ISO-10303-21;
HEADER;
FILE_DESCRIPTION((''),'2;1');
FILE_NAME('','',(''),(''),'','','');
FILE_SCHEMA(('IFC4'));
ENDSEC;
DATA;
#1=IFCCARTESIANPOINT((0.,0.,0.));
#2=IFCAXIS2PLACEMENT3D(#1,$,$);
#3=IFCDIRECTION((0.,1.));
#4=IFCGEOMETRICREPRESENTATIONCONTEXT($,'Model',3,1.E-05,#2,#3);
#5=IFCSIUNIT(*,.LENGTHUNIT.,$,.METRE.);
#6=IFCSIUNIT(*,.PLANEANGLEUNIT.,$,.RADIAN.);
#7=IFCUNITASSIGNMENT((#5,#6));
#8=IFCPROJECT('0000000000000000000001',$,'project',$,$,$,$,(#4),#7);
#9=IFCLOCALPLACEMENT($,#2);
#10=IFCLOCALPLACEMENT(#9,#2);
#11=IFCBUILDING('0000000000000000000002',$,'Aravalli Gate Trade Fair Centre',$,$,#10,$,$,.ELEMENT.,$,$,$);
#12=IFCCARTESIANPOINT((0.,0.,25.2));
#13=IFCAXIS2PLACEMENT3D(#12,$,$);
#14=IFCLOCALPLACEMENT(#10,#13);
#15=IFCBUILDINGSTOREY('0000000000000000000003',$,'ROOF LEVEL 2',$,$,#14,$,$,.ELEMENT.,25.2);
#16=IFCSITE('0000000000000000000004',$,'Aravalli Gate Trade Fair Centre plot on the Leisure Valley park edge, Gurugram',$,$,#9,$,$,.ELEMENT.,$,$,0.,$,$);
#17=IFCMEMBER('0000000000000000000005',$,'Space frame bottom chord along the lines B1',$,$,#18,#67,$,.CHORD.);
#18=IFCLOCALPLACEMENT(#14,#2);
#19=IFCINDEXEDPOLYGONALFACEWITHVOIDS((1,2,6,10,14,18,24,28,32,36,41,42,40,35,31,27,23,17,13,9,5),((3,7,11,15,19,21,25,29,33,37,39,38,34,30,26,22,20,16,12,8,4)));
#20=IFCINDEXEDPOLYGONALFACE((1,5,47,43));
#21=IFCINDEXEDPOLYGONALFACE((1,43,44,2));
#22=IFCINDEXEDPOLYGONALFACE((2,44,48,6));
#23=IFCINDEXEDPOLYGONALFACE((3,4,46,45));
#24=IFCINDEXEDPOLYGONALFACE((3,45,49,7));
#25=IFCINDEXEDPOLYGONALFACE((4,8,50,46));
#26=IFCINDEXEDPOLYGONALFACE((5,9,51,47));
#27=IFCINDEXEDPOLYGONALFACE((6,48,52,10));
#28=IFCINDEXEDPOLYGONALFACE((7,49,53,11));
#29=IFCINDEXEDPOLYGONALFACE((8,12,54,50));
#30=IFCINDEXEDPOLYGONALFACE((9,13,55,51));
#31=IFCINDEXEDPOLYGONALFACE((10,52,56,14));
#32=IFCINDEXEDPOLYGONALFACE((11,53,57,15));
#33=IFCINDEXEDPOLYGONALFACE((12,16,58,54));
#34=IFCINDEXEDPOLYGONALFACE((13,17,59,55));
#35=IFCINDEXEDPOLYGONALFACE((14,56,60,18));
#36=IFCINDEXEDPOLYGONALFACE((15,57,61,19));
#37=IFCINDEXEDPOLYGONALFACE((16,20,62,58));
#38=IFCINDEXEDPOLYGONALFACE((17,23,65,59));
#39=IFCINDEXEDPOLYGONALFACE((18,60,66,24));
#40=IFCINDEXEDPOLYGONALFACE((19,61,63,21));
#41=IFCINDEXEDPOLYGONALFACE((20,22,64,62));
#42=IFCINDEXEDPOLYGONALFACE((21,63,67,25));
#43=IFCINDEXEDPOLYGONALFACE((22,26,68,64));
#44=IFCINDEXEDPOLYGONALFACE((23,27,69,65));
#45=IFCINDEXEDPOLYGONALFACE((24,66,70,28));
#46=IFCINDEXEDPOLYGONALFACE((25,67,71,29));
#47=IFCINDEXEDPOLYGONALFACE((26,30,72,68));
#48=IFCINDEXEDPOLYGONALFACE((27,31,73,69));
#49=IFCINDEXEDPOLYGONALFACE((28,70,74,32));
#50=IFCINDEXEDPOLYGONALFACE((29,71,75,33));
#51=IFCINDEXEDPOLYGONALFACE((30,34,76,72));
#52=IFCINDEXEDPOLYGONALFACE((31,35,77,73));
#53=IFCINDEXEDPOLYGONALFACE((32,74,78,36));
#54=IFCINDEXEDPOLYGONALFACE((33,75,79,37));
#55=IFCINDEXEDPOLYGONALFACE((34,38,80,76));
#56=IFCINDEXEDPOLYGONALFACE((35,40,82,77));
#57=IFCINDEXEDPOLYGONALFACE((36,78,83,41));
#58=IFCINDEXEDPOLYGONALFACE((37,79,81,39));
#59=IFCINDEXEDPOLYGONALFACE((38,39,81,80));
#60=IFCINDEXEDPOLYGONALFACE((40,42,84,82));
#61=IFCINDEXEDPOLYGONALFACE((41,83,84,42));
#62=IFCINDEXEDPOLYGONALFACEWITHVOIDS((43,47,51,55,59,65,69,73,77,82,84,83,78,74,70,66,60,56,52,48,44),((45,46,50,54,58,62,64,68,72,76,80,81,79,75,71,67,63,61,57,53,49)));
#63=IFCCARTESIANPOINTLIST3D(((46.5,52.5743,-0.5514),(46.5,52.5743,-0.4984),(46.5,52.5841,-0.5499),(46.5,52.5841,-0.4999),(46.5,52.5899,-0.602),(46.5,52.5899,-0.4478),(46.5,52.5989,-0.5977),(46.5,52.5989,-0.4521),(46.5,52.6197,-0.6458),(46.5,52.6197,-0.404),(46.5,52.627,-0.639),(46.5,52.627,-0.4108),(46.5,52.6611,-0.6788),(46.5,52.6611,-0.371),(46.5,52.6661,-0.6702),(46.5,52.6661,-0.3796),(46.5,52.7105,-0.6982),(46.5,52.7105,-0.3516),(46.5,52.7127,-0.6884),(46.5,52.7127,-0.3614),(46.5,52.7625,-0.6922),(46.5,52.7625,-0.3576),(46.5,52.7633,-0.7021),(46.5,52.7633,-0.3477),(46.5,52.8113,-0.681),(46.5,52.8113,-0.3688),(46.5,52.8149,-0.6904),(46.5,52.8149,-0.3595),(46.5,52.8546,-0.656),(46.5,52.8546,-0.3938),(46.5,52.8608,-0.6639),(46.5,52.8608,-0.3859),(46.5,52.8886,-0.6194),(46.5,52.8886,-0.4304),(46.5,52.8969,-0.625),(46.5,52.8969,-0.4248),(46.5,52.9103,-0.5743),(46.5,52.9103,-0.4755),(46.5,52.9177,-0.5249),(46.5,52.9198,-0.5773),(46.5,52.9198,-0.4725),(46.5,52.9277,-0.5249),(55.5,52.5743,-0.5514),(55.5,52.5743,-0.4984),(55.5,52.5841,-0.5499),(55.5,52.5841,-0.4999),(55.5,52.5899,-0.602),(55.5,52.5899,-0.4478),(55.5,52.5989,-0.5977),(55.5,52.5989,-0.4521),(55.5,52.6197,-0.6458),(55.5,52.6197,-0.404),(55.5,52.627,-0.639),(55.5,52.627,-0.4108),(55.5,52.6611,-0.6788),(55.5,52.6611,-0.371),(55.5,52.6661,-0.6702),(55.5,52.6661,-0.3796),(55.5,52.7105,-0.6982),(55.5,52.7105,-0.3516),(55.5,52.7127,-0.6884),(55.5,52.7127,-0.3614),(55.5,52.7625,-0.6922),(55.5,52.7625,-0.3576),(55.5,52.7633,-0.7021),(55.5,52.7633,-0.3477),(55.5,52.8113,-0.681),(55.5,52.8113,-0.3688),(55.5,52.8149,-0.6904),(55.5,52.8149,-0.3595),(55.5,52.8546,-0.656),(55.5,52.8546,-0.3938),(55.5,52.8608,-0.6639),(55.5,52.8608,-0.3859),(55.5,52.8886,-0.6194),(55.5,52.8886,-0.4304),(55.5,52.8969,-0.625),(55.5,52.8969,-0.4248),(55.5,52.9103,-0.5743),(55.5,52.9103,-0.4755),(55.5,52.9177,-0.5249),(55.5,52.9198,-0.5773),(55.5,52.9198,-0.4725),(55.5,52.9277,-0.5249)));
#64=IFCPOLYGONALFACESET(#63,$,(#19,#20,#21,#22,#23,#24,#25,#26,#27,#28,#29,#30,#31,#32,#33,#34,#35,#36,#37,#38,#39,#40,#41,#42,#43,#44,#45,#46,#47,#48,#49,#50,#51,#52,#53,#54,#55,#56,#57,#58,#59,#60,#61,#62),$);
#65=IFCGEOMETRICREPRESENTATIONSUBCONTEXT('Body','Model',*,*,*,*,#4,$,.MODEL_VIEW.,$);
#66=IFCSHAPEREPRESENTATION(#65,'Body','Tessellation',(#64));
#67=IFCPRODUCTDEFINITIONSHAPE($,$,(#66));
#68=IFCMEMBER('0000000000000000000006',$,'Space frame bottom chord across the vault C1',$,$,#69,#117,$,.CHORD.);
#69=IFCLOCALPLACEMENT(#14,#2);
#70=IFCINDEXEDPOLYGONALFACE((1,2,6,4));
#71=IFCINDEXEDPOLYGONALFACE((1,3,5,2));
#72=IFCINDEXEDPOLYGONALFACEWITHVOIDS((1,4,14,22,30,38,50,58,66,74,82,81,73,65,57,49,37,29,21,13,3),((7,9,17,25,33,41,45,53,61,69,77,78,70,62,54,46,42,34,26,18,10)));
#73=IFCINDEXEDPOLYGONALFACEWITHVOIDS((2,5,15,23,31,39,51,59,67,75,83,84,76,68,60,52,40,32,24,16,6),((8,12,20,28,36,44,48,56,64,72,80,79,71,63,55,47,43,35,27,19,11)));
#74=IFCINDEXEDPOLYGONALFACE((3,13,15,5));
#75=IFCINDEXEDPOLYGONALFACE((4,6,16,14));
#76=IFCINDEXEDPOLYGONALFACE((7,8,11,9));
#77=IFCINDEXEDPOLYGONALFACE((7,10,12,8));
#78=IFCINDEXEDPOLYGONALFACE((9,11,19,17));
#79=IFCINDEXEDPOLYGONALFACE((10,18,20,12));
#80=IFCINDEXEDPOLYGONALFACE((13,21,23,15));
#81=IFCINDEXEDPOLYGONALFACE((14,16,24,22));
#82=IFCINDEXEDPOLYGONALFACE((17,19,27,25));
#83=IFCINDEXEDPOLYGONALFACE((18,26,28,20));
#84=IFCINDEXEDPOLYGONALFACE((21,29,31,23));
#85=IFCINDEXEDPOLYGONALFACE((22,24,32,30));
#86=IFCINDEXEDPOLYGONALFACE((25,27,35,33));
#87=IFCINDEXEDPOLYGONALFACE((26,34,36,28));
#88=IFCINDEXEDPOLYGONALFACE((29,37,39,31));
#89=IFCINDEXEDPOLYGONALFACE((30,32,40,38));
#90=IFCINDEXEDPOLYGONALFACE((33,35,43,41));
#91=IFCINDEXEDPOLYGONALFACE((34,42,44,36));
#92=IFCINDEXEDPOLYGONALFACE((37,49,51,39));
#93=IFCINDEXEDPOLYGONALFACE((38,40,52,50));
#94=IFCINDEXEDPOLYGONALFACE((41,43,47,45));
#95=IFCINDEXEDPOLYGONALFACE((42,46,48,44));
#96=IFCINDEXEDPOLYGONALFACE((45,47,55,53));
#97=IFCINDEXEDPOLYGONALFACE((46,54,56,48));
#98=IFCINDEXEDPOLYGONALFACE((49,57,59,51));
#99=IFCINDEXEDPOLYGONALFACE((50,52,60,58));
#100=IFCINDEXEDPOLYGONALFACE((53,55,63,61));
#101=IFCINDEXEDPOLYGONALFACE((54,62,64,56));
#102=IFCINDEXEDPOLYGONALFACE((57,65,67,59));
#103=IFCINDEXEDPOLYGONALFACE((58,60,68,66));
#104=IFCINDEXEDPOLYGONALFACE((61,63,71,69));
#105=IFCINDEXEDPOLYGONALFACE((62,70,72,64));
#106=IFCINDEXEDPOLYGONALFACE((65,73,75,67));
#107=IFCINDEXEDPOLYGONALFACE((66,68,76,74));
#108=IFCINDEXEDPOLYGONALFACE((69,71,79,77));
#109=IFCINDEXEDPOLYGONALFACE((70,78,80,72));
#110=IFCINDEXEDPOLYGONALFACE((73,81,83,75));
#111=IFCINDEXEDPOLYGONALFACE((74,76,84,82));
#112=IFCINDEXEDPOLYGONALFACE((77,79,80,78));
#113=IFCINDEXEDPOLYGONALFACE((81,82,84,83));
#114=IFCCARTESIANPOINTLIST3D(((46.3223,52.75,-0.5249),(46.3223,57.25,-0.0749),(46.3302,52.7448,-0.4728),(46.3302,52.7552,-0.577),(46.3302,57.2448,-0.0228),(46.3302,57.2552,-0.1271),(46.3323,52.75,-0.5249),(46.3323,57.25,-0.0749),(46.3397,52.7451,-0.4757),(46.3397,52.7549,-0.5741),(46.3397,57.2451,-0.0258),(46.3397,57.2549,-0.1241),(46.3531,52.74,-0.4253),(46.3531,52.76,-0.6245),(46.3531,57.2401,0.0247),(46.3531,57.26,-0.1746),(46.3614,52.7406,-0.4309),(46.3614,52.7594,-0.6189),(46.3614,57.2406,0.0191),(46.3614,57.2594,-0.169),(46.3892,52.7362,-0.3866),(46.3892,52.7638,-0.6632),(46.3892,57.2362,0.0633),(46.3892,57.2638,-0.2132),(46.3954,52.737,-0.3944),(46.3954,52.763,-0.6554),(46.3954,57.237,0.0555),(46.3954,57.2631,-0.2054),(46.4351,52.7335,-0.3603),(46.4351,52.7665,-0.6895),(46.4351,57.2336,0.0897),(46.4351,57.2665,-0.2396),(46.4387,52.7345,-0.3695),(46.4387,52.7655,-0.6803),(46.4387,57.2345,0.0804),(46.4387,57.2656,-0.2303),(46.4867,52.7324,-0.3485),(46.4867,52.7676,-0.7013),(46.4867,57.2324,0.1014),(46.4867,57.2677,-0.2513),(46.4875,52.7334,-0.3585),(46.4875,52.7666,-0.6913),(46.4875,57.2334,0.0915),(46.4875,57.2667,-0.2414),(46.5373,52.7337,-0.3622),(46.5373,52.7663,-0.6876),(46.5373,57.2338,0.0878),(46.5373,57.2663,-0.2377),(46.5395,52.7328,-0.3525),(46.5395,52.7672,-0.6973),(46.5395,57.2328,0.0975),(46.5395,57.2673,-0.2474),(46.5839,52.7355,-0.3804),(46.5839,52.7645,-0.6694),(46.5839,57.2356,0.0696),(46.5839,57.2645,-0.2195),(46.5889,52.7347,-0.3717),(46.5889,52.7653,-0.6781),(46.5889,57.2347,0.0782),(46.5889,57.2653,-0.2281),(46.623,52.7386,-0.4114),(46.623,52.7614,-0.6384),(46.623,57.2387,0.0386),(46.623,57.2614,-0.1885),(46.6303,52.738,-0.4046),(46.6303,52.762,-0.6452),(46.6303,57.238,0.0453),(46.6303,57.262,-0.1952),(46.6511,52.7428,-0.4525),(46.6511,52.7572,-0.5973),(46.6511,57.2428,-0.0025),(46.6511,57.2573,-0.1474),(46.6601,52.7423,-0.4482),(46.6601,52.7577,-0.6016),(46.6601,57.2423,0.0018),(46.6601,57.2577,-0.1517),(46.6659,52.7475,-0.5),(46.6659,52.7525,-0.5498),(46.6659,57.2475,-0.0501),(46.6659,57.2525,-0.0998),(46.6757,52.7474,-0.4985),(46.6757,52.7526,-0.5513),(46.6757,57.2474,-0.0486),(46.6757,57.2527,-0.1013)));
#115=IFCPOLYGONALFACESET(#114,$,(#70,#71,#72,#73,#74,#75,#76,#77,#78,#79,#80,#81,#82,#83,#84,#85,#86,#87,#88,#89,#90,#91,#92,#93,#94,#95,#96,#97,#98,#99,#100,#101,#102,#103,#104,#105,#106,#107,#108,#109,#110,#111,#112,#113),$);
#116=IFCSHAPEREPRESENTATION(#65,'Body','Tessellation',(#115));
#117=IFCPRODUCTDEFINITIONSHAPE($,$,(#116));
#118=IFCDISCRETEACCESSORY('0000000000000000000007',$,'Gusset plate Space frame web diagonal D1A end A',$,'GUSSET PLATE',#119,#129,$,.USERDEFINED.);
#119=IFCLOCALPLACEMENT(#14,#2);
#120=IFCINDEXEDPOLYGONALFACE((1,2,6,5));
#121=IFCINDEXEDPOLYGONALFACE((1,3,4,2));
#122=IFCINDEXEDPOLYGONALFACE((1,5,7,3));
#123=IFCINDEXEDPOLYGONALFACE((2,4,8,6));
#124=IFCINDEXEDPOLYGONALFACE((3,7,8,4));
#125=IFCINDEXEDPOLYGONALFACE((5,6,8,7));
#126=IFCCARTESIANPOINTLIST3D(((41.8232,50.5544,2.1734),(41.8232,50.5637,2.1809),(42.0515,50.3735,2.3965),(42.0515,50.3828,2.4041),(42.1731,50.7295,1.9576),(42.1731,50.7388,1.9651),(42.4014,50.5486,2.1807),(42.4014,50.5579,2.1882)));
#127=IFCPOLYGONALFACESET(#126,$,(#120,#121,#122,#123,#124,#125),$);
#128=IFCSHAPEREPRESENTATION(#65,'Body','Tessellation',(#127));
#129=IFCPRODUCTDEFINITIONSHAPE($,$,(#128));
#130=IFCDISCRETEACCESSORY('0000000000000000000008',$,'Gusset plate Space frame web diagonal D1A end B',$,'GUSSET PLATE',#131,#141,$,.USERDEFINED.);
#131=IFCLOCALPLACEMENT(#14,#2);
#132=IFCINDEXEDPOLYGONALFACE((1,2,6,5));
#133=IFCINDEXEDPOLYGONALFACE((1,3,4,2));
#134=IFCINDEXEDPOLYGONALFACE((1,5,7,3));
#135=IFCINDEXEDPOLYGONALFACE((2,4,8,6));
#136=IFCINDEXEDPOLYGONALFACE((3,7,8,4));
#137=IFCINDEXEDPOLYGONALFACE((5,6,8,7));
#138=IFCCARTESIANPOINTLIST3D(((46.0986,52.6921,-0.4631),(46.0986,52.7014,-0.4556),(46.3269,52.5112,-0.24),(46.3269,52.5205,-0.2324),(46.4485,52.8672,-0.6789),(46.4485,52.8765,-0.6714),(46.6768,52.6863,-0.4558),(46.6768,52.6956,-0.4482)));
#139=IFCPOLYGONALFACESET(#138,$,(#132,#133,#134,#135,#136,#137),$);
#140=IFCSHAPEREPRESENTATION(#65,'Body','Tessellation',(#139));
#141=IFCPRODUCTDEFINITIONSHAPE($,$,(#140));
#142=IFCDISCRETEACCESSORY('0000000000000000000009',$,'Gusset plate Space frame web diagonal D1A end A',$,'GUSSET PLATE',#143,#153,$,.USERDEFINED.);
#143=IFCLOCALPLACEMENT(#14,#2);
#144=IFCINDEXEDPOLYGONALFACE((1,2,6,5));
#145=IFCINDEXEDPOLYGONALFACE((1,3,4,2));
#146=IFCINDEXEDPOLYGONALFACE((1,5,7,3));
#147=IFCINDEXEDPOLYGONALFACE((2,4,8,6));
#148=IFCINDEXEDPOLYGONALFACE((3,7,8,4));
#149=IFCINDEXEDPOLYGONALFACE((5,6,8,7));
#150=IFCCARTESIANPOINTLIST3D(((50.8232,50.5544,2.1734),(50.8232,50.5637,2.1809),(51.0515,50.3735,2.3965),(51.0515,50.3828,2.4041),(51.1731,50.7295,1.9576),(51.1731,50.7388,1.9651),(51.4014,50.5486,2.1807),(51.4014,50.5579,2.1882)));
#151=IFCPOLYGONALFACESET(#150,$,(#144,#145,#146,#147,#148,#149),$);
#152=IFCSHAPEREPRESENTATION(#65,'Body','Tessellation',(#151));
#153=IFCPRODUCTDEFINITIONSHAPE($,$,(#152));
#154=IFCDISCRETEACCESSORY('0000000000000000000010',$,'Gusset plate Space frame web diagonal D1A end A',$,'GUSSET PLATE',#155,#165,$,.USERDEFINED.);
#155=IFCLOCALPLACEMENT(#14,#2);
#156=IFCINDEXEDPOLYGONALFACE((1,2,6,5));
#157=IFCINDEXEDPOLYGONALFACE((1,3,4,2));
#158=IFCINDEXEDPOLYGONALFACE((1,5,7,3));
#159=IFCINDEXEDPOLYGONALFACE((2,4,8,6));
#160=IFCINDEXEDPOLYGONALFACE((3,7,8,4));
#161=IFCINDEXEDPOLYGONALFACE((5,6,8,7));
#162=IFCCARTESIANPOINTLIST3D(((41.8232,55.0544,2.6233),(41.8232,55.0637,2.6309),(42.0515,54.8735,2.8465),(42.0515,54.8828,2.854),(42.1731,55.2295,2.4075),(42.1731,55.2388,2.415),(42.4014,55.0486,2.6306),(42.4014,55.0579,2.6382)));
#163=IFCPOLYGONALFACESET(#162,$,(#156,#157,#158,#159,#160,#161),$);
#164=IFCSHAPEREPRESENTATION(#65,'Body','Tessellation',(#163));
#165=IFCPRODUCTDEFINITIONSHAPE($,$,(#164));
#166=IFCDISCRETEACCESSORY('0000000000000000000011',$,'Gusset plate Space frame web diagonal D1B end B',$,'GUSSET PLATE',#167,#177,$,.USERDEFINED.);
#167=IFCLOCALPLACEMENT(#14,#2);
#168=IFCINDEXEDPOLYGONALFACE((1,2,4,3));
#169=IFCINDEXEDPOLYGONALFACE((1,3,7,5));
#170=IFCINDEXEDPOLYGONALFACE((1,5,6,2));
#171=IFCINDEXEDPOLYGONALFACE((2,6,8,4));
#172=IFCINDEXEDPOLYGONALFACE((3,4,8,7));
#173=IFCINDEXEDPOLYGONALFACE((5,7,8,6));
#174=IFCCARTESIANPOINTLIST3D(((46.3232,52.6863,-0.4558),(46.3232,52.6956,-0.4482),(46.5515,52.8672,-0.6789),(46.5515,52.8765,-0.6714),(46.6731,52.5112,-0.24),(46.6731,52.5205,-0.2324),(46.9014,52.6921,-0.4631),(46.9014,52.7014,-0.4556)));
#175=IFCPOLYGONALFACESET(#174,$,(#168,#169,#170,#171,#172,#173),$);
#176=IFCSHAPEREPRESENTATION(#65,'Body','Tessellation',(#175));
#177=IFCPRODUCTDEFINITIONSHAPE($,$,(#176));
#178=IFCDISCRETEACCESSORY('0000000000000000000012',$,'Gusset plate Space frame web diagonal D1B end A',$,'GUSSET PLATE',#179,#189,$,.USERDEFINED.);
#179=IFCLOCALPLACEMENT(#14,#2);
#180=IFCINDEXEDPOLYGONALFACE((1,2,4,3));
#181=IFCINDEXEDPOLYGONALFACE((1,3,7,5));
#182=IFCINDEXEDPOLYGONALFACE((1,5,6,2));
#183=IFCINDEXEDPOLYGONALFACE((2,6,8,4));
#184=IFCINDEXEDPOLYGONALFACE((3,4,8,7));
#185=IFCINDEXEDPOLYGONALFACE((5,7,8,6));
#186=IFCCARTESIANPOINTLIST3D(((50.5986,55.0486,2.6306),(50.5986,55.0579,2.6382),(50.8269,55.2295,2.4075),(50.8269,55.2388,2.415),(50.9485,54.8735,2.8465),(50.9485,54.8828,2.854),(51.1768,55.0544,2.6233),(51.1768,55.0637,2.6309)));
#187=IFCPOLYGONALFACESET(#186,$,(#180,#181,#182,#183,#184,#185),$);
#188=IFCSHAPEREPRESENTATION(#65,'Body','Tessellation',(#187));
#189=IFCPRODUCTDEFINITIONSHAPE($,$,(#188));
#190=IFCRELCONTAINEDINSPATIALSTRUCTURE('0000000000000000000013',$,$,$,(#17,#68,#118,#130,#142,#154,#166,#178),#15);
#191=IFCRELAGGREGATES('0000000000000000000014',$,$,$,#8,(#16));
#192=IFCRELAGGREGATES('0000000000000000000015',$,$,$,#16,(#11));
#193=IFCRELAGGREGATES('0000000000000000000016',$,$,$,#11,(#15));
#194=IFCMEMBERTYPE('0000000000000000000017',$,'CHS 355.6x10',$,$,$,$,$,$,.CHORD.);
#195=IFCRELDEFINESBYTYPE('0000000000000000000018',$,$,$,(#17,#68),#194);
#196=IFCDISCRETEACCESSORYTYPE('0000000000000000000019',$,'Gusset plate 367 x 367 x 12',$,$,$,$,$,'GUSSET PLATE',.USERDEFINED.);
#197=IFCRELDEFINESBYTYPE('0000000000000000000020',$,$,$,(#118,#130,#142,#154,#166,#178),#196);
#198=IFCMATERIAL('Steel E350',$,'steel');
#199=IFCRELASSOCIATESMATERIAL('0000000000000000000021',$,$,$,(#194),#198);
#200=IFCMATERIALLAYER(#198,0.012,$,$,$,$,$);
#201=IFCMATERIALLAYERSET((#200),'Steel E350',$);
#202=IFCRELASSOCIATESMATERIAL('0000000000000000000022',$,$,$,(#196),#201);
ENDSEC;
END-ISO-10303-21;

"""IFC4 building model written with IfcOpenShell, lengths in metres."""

from ifc_helpers import new_model, si_unit, direction, frame, origin, origin_2d, place, context, subcontext, project, spatial, polyline, hollow_circle, outline, extrude, material, layer, layer_set, material_profile, profile_set, type_object, element, save


model = new_model("IFC4")

# Units and contexts
model_context = context("Model", 3, precision=1e-05, world=origin(), true_north=direction((0.0, 1.0)))
body_context = subcontext(model_context, "Body", "Model", "MODEL_VIEW")
ifc_project = project(units=[si_unit("LENGTHUNIT", "METRE"), si_unit("PLANEANGLEUNIT", "RADIAN")], contexts=[model_context])

# Site, building, storey
site_placement = place(None, origin())
site = spatial("IfcSite", under=ifc_project, at=site_placement, Name="Aravalli Gate Trade Fair Centre plot on the Leisure Valley park edge, Gurugram", CompositionType="ELEMENT", RefElevation=0.0)
building_placement = place(site_placement, origin())
building = spatial("IfcBuilding", under=site, at=building_placement, Name="Aravalli Gate Trade Fair Centre", CompositionType="ELEMENT")
storey_placement = place(building_placement, frame((0.0, 0.0, 25.2)))
storey = spatial("IfcBuildingStorey", under=building, at=storey_placement, Name="ROOF LEVEL 2", CompositionType="ELEMENT", Elevation=25.2)

# Members
ifc_material = material(Name="Steel E350", Category="steel")
ifc_material_profile_1 = material_profile(ifc_material, hollow_circle(Radius=0.1777, WallThickness=0.01, at=origin_2d()), Name="CHS 355.6x10")
ifc_profile_set_1 = profile_set([ifc_material_profile_1], Name="Steel E350")
member_type_1 = type_object("IfcMemberType", Name="CHS 355.6x10", PredefinedType="CHORD", material=ifc_profile_set_1)
member_1_placement = place(storey_placement, frame((46.5, 52.75, -0.5249), z_axis=(1.0, 0.0, 0.0), x_axis=(0.0, 1.0, 0.0)))
element("IfcMember", 1, at=member_1_placement, inside=storey, type_object=member_type_1, Name="Space frame bottom chord along the lines B1", PredefinedType="CHORD", context=body_context, shape_type="SweptSolid", body=[
    extrude(hollow_circle(Radius=0.1777, WallThickness=0.01, at=origin_2d()), origin(), (0.0, 0.0, 1.0), 9.0),
])
member_2_placement = place(storey_placement, frame((46.5, 52.75, -0.5249), z_axis=(0.0, 0.995038, 0.099493), x_axis=(-1.0, 0.0, 0.0)))
element("IfcMember", 2, at=member_2_placement, inside=storey, type_object=member_type_1, Name="Space frame bottom chord across the vault C1", PredefinedType="CHORD", context=body_context, shape_type="SweptSolid", body=[
    extrude(hollow_circle(Radius=0.1777, WallThickness=0.01, at=origin_2d()), origin(), (0.0, 0.0, 1.0), 4.5225),
])

# Discrete accessories
ifc_layer = layer(ifc_material, 0.012)
ifc_layer_set = layer_set([ifc_layer], Name="Steel E350")
discrete_accessory_type = type_object("IfcDiscreteAccessoryType", Name="Gusset plate 367 x 367 x 12", ElementType="GUSSET PLATE", PredefinedType="USERDEFINED", material=ifc_layer_set)
discrete_accessory_1_placement = place(storey_placement, frame((42.1731, 50.7388, 1.9651), z_axis=(-0.000107, 0.776736, 0.629826), x_axis=(-0.783044, -0.391795, 0.48305)))
element("IfcDiscreteAccessory", 3, at=discrete_accessory_1_placement, inside=storey, type_object=discrete_accessory_type, Name="Gusset plate Space frame web diagonal D1A end A", ObjectType="GUSSET PLATE", PredefinedType="USERDEFINED", context=body_context, shape_type="SweptSolid", body=[
    extrude(outline(polyline([(0.0, 0.0), (0.4468, 0.0), (0.4467, 0.3669), (-0.0001, 0.3669), (0.0, 0.0)])), origin(), (0.0, 0.0, -1.0), 0.012),
])
discrete_accessory_2_placement = place(storey_placement, frame((46.0986, 52.7014, -0.4556), z_axis=(-0.000107, 0.776736, 0.629826), x_axis=(0.783044, 0.391795, -0.48305)))
element("IfcDiscreteAccessory", 4, at=discrete_accessory_2_placement, inside=storey, type_object=discrete_accessory_type, Name="Gusset plate Space frame web diagonal D1A end B", ObjectType="GUSSET PLATE", PredefinedType="USERDEFINED", context=body_context, shape_type="SweptSolid", body=[
    extrude(outline(polyline([(0.0, 0.0), (0.4468, 0.0), (0.4469, -0.3669), (0.0001, -0.3669), (0.0, 0.0)])), origin(), (0.0, 0.0, -1.0), 0.012),
])
for number, where, z_axis, x_axis, name in (
    (5, (51.1731, 50.7388, 1.9651), (-0.000107, 0.776736, 0.629826), (-0.783044, -0.391795, 0.48305), "Gusset plate Space frame web diagonal D1A end A"),
    (6, (42.1731, 55.2388, 2.415), (-0.000107, 0.776736, 0.629826), (-0.783044, -0.391795, 0.48305), "Gusset plate Space frame web diagonal D1A end A"),
):
    element("IfcDiscreteAccessory", number, at=place(storey_placement, frame(where, z_axis=z_axis, x_axis=x_axis)), inside=storey, type_object=discrete_accessory_type, Name=name, ObjectType="GUSSET PLATE", PredefinedType="USERDEFINED", context=body_context, shape_type="SweptSolid", body=[
        extrude(outline(polyline([(0.0, 0.0), (0.4468, 0.0), (0.4467, 0.3669), (-0.0001, 0.3669), (0.0, 0.0)])), origin(), (0.0, 0.0, -1.0), 0.012),
    ])
discrete_accessory_3_placement = place(storey_placement, frame((46.6731, 52.5205, -0.2324), z_axis=(0.000107, 0.776736, 0.629826), x_axis=(-0.783044, 0.391795, -0.48305)))
element("IfcDiscreteAccessory", 7, at=discrete_accessory_3_placement, inside=storey, type_object=discrete_accessory_type, Name="Gusset plate Space frame web diagonal D1B end B", ObjectType="GUSSET PLATE", PredefinedType="USERDEFINED", context=body_context, shape_type="SweptSolid", body=[
    extrude(outline(polyline([(0.0, 0.0), (0.4468, 0.0), (0.4467, -0.3669), (-0.0001, -0.3669), (0.0, 0.0)])), origin(), (0.0, 0.0, -1.0), 0.012),
])
discrete_accessory_4_placement = place(storey_placement, frame((50.5986, 55.0579, 2.6382), z_axis=(0.000107, 0.776736, 0.629826), x_axis=(0.783044, -0.391795, 0.48305)))
element("IfcDiscreteAccessory", 8, at=discrete_accessory_4_placement, inside=storey, type_object=discrete_accessory_type, Name="Gusset plate Space frame web diagonal D1B end A", ObjectType="GUSSET PLATE", PredefinedType="USERDEFINED", context=body_context, shape_type="SweptSolid", body=[
    extrude(outline(polyline([(0.0, 0.0), (0.4468, 0.0), (0.4469, 0.3669), (0.0001, 0.3669), (0.0, 0.0)])), origin(), (0.0, 0.0, -1.0), 0.012),
])

save(model, "model.ifc")
